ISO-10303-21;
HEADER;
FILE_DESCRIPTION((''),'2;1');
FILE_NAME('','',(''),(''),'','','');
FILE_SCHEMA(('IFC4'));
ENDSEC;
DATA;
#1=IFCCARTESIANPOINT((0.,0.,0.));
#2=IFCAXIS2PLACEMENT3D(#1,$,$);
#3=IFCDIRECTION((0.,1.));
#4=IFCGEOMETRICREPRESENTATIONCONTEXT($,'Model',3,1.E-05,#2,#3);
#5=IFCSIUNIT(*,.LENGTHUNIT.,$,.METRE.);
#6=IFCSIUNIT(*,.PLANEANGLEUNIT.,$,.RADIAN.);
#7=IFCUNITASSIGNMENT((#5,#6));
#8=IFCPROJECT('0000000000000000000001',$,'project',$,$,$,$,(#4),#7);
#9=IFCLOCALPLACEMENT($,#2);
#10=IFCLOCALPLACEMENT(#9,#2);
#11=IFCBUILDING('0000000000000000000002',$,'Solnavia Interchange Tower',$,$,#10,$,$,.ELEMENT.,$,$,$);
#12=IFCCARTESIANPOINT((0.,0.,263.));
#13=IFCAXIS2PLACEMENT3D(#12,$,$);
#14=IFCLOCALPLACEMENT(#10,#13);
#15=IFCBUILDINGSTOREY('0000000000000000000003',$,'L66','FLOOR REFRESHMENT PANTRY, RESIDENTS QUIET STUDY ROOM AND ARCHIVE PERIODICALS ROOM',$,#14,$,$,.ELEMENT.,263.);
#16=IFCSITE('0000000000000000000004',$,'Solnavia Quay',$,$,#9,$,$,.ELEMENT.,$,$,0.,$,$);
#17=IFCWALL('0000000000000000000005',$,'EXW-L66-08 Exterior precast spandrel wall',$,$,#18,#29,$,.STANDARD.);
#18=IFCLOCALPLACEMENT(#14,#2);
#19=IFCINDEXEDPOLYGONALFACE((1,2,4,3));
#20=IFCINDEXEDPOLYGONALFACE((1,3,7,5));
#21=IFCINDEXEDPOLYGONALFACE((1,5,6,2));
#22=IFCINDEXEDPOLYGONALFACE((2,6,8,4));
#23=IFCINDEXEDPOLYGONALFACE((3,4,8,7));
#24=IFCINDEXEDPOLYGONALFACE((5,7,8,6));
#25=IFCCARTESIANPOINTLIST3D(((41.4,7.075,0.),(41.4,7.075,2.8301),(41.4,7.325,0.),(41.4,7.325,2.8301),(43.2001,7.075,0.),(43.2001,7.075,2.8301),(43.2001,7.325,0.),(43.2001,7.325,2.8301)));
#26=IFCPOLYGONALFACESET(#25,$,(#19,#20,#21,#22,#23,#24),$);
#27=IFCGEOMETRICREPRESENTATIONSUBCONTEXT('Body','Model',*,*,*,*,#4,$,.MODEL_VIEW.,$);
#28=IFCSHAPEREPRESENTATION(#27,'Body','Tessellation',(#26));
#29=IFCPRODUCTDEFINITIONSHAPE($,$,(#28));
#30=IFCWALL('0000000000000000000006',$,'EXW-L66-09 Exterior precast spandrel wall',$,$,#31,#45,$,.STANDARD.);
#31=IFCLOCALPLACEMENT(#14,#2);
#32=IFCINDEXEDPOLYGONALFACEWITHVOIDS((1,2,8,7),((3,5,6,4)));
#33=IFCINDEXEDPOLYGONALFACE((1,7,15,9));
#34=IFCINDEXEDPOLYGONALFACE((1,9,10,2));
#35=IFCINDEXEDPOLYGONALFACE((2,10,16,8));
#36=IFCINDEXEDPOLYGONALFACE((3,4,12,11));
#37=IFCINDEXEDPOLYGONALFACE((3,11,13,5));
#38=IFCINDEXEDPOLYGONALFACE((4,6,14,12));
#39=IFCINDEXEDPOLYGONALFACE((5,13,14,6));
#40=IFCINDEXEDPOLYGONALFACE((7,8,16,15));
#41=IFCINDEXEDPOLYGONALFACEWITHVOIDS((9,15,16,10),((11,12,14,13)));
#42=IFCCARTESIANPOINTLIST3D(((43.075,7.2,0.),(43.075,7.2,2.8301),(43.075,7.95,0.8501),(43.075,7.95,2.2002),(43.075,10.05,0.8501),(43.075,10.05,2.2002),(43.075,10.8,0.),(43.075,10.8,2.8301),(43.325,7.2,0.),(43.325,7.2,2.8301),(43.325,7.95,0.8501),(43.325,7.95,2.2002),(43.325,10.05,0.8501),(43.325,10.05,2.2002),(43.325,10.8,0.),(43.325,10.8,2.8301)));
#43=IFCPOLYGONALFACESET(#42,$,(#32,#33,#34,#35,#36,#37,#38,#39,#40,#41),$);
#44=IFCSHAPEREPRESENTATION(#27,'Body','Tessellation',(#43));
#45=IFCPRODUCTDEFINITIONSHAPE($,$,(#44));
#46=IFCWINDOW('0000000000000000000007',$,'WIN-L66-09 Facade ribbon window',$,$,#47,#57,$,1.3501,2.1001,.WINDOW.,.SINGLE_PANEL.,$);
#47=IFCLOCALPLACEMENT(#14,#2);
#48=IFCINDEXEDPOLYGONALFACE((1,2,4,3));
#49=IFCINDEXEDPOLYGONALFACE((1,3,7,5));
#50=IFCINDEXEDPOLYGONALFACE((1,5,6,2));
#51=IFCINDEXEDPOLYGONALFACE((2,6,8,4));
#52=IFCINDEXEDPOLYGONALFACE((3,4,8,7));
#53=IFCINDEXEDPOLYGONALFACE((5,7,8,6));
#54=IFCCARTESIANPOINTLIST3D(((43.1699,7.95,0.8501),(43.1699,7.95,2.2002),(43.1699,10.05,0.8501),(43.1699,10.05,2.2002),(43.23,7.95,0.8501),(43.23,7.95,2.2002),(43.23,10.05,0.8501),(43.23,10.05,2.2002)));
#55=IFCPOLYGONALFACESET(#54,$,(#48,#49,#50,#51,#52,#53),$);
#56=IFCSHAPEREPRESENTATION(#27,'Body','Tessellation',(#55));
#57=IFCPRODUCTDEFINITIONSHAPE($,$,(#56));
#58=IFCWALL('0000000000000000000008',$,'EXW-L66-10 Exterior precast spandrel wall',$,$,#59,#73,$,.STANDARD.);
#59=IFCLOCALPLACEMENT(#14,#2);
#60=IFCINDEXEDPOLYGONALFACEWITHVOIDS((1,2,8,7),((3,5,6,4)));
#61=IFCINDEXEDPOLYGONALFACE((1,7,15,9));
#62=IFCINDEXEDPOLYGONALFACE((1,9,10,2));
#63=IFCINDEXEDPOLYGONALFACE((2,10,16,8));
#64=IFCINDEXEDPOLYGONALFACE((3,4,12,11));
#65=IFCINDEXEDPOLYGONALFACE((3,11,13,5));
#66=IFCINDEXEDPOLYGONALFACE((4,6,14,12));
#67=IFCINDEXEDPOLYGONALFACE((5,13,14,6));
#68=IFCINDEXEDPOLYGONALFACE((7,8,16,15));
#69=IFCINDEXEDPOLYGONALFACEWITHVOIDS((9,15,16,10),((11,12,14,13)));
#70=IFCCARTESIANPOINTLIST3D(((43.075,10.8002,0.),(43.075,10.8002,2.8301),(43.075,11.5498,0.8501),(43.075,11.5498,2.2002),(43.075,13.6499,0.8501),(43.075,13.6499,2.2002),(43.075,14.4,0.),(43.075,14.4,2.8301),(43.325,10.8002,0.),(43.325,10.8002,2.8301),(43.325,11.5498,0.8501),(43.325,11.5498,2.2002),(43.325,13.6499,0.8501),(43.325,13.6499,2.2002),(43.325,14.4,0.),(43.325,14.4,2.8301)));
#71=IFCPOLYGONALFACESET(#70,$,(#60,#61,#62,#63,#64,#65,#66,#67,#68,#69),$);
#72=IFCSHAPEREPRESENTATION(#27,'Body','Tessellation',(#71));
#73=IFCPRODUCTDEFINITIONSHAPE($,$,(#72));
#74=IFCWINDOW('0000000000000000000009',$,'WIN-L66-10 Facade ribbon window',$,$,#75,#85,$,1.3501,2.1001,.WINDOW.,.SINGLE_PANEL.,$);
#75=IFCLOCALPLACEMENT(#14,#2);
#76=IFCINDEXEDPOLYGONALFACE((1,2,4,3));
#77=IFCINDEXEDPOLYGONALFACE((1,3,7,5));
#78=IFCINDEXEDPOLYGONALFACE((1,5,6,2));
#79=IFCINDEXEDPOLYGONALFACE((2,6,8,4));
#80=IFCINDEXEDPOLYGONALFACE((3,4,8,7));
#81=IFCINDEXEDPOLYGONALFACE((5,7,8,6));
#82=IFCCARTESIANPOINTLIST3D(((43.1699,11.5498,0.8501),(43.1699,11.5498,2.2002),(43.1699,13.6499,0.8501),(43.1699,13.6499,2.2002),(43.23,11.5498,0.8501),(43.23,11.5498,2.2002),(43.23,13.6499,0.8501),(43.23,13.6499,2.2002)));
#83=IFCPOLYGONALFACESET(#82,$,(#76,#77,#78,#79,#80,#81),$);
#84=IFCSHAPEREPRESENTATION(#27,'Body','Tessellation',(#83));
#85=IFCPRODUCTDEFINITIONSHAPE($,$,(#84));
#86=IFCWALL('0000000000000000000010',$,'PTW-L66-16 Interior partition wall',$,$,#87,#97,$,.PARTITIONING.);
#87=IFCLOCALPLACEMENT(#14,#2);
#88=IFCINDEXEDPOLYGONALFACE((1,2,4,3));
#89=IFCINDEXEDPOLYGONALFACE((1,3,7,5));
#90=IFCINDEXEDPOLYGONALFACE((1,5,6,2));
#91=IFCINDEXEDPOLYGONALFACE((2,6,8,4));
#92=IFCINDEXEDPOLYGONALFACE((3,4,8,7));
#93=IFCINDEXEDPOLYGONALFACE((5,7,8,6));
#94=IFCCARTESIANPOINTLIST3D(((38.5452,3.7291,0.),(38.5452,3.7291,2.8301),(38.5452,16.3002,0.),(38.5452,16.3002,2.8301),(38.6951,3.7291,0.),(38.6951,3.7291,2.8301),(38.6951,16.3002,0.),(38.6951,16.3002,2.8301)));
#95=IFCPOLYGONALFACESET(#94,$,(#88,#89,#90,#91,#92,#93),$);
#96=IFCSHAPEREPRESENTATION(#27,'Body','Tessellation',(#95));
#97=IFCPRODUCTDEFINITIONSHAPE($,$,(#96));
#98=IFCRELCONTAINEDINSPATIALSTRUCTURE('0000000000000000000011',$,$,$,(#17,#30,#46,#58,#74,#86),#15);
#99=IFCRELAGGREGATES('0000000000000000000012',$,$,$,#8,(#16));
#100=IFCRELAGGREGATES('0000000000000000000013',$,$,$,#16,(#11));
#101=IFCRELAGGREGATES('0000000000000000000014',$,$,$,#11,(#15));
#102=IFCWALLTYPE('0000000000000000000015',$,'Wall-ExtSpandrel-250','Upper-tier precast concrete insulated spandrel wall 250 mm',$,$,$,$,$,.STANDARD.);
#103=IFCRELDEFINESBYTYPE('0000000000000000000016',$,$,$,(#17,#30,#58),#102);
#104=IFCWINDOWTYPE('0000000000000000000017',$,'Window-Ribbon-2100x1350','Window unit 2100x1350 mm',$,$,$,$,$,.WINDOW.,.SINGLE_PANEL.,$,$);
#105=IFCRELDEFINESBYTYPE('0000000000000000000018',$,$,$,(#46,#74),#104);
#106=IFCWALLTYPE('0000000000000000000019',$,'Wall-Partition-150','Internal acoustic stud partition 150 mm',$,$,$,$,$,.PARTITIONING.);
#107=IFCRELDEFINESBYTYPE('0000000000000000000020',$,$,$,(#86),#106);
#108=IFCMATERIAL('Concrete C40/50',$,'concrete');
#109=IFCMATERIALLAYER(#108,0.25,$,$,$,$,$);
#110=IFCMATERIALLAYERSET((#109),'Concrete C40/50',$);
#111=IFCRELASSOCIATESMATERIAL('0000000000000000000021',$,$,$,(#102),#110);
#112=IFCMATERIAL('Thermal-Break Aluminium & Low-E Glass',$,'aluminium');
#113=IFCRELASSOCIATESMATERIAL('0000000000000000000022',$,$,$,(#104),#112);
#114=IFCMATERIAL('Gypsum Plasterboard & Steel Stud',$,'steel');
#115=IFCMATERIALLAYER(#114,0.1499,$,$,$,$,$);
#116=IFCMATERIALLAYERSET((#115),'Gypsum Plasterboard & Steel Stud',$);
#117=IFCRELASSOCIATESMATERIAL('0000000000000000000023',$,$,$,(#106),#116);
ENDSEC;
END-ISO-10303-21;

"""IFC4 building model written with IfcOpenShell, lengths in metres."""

from ifc_helpers import new_model, si_unit, direction, frame, frame_2d, origin, place, context, subcontext, project, spatial, rectangle, extrude, material, layer, layer_set, type_object, element, fill, save


model = new_model("IFC4")

# Units and contexts
model_context = context("Model", 3, precision=1e-05, world=origin(), true_north=direction((0.0, 1.0)))
body_context = subcontext(model_context, "Body", "Model", "MODEL_VIEW")
ifc_project = project(units=[si_unit("LENGTHUNIT", "METRE"), si_unit("PLANEANGLEUNIT", "RADIAN")], contexts=[model_context])

# Site, building, storey
site_placement = place(None, origin())
site = spatial("IfcSite", under=ifc_project, at=site_placement, Name="Solnavia Quay", CompositionType="ELEMENT", RefElevation=0.0)
building_placement = place(site_placement, origin())
building = spatial("IfcBuilding", under=site, at=building_placement, Name="Solnavia Interchange Tower", CompositionType="ELEMENT")
storey_placement = place(building_placement, frame((0.0, 0.0, 263.0)))
storey = spatial("IfcBuildingStorey", under=building, at=storey_placement, Name="L66", Description="FLOOR REFRESHMENT PANTRY, RESIDENTS QUIET STUDY ROOM AND ARCHIVE PERIODICALS ROOM", CompositionType="ELEMENT", Elevation=263.0)

# Wall
ifc_material_1 = material(Name="Concrete C40/50", Category="concrete")
ifc_layer_1 = layer(ifc_material_1, 0.25)
ifc_layer_set_1 = layer_set([ifc_layer_1], Name="Concrete C40/50")
wall_type_1 = type_object("IfcWallType", Name="Wall-ExtSpandrel-250", Description="Upper-tier precast concrete insulated spandrel wall 250 mm", PredefinedType="STANDARD", material=ifc_layer_set_1)
wall_1_placement = place(storey_placement, frame((43.2, 7.2, 0.0), z_axis=(0.0, 0.0, 1.0), x_axis=(-1.0, 0.0, 0.0)))
element("IfcWall", 1, at=wall_1_placement, inside=storey, type_object=wall_type_1, Name="EXW-L66-08 Exterior precast spandrel wall", PredefinedType="STANDARD", context=body_context, shape_type="SweptSolid", body=[
    extrude(rectangle(XDim=1.8, YDim=0.25, at=frame_2d((0.8999, 0.0))), origin(), (0.0, 0.0, 1.0), 2.8301),
])

# Walls, openings, windows
wall_2_placement = place(storey_placement, frame((43.2, 10.8, 0.0), z_axis=(0.0, 0.0, 1.0), x_axis=(0.0, -1.0, 0.0)))
wall_2 = element("IfcWall", 2, at=wall_2_placement, inside=storey, type_object=wall_type_1, Name="EXW-L66-09 Exterior precast spandrel wall", PredefinedType="STANDARD", context=body_context, shape_type="SweptSolid", body=[
    extrude(rectangle(XDim=3.6001, YDim=0.25, at=frame_2d((1.8, 0.0))), origin(), (0.0, 0.0, 1.0), 2.8301),
])
opening_1_placement = place(wall_2_placement, frame((0.75, 0.0, 0.8501)))
opening_1 = element("IfcOpeningElement", 3, at=opening_1_placement, cuts=wall_2, PredefinedType="OPENING", context=body_context, shape_type="SweptSolid", body=[
    extrude(rectangle(XDim=2.1001, YDim=1.3501, at=frame_2d((1.05, 0.675))), frame((0.0, 0.135, 0.0), z_axis=(0.0, -1.0, 0.0), x_axis=(1.0, 0.0, 0.0)), (0.0, 0.0, 1.0), 0.27),
])
ifc_material_2 = material(Name="Thermal-Break Aluminium & Low-E Glass", Category="aluminium")
window_type = type_object("IfcWindowType", Name="Window-Ribbon-2100x1350", Description="Window unit 2100x1350 mm", PartitioningType="SINGLE_PANEL", PredefinedType="WINDOW", material=ifc_material_2)
window_1_placement = place(opening_1_placement, origin())
window_1 = element("IfcWindow", 4, at=window_1_placement, inside=storey, type_object=window_type, Name="WIN-L66-09 Facade ribbon window", OverallHeight=1.3501, OverallWidth=2.1001, PartitioningType="SINGLE_PANEL", PredefinedType="WINDOW", context=body_context, shape_type="SweptSolid", body=[
    extrude(rectangle(XDim=2.1001, YDim=1.3501, at=frame_2d((1.05, 0.675))), frame((0.0, 0.03, 0.0), z_axis=(0.0, -1.0, 0.0), x_axis=(1.0, 0.0, 0.0)), (0.0, 0.0, 1.0), 0.0601),
])
fill(opening_1, window_1)
wall_3_placement = place(storey_placement, frame((43.2, 14.3999, 0.0), z_axis=(0.0, 0.0, 1.0), x_axis=(0.0, -1.0, 0.0)))
wall_3 = element("IfcWall", 5, at=wall_3_placement, inside=storey, type_object=wall_type_1, Name="EXW-L66-10 Exterior precast spandrel wall", PredefinedType="STANDARD", context=body_context, shape_type="SweptSolid", body=[
    extrude(rectangle(XDim=3.5999, YDim=0.25, at=frame_2d((1.7998, 0.0))), origin(), (0.0, 0.0, 1.0), 2.8301),
])
opening_2_placement = place(wall_3_placement, frame((0.75, 0.0, 0.8501)))
opening_2 = element("IfcOpeningElement", 6, at=opening_2_placement, cuts=wall_3, PredefinedType="OPENING", context=body_context, shape_type="SweptSolid", body=[
    extrude(rectangle(XDim=2.1001, YDim=1.3501, at=frame_2d((1.05, 0.675))), frame((0.0, 0.135, 0.0), z_axis=(0.0, -1.0, 0.0), x_axis=(1.0, 0.0, 0.0)), (0.0, 0.0, 1.0), 0.27),
])
window_2_placement = place(opening_2_placement, origin())
window_2 = element("IfcWindow", 7, at=window_2_placement, inside=storey, type_object=window_type, Name="WIN-L66-10 Facade ribbon window", OverallHeight=1.3501, OverallWidth=2.1001, PartitioningType="SINGLE_PANEL", PredefinedType="WINDOW", context=body_context, shape_type="SweptSolid", body=[
    extrude(rectangle(XDim=2.1001, YDim=1.3501, at=frame_2d((1.05, 0.675))), frame((0.0, 0.03, 0.0), z_axis=(0.0, -1.0, 0.0), x_axis=(1.0, 0.0, 0.0)), (0.0, 0.0, 1.0), 0.0601),
])
fill(opening_2, window_2)

# Wall
ifc_material_3 = material(Name="Gypsum Plasterboard & Steel Stud", Category="steel")
ifc_layer_2 = layer(ifc_material_3, 0.1499)
ifc_layer_set_2 = layer_set([ifc_layer_2], Name="Gypsum Plasterboard & Steel Stud")
wall_type_2 = type_object("IfcWallType", Name="Wall-Partition-150", Description="Internal acoustic stud partition 150 mm", PredefinedType="PARTITIONING", material=ifc_layer_set_2)
wall_4_placement = place(storey_placement, frame((38.6201, 3.729, 0.0), z_axis=(0.0, 0.0, 1.0), x_axis=(0.0, 1.0, 0.0)))
element("IfcWall", 8, at=wall_4_placement, inside=storey, type_object=wall_type_2, Name="PTW-L66-16 Interior partition wall", PredefinedType="PARTITIONING", context=body_context, shape_type="SweptSolid", body=[
    extrude(rectangle(XDim=12.571, YDim=0.1499, at=frame_2d((6.2856, 0.0))), origin(), (0.0, 0.0, 1.0), 2.8301),
])

save(model, "model.ifc")
